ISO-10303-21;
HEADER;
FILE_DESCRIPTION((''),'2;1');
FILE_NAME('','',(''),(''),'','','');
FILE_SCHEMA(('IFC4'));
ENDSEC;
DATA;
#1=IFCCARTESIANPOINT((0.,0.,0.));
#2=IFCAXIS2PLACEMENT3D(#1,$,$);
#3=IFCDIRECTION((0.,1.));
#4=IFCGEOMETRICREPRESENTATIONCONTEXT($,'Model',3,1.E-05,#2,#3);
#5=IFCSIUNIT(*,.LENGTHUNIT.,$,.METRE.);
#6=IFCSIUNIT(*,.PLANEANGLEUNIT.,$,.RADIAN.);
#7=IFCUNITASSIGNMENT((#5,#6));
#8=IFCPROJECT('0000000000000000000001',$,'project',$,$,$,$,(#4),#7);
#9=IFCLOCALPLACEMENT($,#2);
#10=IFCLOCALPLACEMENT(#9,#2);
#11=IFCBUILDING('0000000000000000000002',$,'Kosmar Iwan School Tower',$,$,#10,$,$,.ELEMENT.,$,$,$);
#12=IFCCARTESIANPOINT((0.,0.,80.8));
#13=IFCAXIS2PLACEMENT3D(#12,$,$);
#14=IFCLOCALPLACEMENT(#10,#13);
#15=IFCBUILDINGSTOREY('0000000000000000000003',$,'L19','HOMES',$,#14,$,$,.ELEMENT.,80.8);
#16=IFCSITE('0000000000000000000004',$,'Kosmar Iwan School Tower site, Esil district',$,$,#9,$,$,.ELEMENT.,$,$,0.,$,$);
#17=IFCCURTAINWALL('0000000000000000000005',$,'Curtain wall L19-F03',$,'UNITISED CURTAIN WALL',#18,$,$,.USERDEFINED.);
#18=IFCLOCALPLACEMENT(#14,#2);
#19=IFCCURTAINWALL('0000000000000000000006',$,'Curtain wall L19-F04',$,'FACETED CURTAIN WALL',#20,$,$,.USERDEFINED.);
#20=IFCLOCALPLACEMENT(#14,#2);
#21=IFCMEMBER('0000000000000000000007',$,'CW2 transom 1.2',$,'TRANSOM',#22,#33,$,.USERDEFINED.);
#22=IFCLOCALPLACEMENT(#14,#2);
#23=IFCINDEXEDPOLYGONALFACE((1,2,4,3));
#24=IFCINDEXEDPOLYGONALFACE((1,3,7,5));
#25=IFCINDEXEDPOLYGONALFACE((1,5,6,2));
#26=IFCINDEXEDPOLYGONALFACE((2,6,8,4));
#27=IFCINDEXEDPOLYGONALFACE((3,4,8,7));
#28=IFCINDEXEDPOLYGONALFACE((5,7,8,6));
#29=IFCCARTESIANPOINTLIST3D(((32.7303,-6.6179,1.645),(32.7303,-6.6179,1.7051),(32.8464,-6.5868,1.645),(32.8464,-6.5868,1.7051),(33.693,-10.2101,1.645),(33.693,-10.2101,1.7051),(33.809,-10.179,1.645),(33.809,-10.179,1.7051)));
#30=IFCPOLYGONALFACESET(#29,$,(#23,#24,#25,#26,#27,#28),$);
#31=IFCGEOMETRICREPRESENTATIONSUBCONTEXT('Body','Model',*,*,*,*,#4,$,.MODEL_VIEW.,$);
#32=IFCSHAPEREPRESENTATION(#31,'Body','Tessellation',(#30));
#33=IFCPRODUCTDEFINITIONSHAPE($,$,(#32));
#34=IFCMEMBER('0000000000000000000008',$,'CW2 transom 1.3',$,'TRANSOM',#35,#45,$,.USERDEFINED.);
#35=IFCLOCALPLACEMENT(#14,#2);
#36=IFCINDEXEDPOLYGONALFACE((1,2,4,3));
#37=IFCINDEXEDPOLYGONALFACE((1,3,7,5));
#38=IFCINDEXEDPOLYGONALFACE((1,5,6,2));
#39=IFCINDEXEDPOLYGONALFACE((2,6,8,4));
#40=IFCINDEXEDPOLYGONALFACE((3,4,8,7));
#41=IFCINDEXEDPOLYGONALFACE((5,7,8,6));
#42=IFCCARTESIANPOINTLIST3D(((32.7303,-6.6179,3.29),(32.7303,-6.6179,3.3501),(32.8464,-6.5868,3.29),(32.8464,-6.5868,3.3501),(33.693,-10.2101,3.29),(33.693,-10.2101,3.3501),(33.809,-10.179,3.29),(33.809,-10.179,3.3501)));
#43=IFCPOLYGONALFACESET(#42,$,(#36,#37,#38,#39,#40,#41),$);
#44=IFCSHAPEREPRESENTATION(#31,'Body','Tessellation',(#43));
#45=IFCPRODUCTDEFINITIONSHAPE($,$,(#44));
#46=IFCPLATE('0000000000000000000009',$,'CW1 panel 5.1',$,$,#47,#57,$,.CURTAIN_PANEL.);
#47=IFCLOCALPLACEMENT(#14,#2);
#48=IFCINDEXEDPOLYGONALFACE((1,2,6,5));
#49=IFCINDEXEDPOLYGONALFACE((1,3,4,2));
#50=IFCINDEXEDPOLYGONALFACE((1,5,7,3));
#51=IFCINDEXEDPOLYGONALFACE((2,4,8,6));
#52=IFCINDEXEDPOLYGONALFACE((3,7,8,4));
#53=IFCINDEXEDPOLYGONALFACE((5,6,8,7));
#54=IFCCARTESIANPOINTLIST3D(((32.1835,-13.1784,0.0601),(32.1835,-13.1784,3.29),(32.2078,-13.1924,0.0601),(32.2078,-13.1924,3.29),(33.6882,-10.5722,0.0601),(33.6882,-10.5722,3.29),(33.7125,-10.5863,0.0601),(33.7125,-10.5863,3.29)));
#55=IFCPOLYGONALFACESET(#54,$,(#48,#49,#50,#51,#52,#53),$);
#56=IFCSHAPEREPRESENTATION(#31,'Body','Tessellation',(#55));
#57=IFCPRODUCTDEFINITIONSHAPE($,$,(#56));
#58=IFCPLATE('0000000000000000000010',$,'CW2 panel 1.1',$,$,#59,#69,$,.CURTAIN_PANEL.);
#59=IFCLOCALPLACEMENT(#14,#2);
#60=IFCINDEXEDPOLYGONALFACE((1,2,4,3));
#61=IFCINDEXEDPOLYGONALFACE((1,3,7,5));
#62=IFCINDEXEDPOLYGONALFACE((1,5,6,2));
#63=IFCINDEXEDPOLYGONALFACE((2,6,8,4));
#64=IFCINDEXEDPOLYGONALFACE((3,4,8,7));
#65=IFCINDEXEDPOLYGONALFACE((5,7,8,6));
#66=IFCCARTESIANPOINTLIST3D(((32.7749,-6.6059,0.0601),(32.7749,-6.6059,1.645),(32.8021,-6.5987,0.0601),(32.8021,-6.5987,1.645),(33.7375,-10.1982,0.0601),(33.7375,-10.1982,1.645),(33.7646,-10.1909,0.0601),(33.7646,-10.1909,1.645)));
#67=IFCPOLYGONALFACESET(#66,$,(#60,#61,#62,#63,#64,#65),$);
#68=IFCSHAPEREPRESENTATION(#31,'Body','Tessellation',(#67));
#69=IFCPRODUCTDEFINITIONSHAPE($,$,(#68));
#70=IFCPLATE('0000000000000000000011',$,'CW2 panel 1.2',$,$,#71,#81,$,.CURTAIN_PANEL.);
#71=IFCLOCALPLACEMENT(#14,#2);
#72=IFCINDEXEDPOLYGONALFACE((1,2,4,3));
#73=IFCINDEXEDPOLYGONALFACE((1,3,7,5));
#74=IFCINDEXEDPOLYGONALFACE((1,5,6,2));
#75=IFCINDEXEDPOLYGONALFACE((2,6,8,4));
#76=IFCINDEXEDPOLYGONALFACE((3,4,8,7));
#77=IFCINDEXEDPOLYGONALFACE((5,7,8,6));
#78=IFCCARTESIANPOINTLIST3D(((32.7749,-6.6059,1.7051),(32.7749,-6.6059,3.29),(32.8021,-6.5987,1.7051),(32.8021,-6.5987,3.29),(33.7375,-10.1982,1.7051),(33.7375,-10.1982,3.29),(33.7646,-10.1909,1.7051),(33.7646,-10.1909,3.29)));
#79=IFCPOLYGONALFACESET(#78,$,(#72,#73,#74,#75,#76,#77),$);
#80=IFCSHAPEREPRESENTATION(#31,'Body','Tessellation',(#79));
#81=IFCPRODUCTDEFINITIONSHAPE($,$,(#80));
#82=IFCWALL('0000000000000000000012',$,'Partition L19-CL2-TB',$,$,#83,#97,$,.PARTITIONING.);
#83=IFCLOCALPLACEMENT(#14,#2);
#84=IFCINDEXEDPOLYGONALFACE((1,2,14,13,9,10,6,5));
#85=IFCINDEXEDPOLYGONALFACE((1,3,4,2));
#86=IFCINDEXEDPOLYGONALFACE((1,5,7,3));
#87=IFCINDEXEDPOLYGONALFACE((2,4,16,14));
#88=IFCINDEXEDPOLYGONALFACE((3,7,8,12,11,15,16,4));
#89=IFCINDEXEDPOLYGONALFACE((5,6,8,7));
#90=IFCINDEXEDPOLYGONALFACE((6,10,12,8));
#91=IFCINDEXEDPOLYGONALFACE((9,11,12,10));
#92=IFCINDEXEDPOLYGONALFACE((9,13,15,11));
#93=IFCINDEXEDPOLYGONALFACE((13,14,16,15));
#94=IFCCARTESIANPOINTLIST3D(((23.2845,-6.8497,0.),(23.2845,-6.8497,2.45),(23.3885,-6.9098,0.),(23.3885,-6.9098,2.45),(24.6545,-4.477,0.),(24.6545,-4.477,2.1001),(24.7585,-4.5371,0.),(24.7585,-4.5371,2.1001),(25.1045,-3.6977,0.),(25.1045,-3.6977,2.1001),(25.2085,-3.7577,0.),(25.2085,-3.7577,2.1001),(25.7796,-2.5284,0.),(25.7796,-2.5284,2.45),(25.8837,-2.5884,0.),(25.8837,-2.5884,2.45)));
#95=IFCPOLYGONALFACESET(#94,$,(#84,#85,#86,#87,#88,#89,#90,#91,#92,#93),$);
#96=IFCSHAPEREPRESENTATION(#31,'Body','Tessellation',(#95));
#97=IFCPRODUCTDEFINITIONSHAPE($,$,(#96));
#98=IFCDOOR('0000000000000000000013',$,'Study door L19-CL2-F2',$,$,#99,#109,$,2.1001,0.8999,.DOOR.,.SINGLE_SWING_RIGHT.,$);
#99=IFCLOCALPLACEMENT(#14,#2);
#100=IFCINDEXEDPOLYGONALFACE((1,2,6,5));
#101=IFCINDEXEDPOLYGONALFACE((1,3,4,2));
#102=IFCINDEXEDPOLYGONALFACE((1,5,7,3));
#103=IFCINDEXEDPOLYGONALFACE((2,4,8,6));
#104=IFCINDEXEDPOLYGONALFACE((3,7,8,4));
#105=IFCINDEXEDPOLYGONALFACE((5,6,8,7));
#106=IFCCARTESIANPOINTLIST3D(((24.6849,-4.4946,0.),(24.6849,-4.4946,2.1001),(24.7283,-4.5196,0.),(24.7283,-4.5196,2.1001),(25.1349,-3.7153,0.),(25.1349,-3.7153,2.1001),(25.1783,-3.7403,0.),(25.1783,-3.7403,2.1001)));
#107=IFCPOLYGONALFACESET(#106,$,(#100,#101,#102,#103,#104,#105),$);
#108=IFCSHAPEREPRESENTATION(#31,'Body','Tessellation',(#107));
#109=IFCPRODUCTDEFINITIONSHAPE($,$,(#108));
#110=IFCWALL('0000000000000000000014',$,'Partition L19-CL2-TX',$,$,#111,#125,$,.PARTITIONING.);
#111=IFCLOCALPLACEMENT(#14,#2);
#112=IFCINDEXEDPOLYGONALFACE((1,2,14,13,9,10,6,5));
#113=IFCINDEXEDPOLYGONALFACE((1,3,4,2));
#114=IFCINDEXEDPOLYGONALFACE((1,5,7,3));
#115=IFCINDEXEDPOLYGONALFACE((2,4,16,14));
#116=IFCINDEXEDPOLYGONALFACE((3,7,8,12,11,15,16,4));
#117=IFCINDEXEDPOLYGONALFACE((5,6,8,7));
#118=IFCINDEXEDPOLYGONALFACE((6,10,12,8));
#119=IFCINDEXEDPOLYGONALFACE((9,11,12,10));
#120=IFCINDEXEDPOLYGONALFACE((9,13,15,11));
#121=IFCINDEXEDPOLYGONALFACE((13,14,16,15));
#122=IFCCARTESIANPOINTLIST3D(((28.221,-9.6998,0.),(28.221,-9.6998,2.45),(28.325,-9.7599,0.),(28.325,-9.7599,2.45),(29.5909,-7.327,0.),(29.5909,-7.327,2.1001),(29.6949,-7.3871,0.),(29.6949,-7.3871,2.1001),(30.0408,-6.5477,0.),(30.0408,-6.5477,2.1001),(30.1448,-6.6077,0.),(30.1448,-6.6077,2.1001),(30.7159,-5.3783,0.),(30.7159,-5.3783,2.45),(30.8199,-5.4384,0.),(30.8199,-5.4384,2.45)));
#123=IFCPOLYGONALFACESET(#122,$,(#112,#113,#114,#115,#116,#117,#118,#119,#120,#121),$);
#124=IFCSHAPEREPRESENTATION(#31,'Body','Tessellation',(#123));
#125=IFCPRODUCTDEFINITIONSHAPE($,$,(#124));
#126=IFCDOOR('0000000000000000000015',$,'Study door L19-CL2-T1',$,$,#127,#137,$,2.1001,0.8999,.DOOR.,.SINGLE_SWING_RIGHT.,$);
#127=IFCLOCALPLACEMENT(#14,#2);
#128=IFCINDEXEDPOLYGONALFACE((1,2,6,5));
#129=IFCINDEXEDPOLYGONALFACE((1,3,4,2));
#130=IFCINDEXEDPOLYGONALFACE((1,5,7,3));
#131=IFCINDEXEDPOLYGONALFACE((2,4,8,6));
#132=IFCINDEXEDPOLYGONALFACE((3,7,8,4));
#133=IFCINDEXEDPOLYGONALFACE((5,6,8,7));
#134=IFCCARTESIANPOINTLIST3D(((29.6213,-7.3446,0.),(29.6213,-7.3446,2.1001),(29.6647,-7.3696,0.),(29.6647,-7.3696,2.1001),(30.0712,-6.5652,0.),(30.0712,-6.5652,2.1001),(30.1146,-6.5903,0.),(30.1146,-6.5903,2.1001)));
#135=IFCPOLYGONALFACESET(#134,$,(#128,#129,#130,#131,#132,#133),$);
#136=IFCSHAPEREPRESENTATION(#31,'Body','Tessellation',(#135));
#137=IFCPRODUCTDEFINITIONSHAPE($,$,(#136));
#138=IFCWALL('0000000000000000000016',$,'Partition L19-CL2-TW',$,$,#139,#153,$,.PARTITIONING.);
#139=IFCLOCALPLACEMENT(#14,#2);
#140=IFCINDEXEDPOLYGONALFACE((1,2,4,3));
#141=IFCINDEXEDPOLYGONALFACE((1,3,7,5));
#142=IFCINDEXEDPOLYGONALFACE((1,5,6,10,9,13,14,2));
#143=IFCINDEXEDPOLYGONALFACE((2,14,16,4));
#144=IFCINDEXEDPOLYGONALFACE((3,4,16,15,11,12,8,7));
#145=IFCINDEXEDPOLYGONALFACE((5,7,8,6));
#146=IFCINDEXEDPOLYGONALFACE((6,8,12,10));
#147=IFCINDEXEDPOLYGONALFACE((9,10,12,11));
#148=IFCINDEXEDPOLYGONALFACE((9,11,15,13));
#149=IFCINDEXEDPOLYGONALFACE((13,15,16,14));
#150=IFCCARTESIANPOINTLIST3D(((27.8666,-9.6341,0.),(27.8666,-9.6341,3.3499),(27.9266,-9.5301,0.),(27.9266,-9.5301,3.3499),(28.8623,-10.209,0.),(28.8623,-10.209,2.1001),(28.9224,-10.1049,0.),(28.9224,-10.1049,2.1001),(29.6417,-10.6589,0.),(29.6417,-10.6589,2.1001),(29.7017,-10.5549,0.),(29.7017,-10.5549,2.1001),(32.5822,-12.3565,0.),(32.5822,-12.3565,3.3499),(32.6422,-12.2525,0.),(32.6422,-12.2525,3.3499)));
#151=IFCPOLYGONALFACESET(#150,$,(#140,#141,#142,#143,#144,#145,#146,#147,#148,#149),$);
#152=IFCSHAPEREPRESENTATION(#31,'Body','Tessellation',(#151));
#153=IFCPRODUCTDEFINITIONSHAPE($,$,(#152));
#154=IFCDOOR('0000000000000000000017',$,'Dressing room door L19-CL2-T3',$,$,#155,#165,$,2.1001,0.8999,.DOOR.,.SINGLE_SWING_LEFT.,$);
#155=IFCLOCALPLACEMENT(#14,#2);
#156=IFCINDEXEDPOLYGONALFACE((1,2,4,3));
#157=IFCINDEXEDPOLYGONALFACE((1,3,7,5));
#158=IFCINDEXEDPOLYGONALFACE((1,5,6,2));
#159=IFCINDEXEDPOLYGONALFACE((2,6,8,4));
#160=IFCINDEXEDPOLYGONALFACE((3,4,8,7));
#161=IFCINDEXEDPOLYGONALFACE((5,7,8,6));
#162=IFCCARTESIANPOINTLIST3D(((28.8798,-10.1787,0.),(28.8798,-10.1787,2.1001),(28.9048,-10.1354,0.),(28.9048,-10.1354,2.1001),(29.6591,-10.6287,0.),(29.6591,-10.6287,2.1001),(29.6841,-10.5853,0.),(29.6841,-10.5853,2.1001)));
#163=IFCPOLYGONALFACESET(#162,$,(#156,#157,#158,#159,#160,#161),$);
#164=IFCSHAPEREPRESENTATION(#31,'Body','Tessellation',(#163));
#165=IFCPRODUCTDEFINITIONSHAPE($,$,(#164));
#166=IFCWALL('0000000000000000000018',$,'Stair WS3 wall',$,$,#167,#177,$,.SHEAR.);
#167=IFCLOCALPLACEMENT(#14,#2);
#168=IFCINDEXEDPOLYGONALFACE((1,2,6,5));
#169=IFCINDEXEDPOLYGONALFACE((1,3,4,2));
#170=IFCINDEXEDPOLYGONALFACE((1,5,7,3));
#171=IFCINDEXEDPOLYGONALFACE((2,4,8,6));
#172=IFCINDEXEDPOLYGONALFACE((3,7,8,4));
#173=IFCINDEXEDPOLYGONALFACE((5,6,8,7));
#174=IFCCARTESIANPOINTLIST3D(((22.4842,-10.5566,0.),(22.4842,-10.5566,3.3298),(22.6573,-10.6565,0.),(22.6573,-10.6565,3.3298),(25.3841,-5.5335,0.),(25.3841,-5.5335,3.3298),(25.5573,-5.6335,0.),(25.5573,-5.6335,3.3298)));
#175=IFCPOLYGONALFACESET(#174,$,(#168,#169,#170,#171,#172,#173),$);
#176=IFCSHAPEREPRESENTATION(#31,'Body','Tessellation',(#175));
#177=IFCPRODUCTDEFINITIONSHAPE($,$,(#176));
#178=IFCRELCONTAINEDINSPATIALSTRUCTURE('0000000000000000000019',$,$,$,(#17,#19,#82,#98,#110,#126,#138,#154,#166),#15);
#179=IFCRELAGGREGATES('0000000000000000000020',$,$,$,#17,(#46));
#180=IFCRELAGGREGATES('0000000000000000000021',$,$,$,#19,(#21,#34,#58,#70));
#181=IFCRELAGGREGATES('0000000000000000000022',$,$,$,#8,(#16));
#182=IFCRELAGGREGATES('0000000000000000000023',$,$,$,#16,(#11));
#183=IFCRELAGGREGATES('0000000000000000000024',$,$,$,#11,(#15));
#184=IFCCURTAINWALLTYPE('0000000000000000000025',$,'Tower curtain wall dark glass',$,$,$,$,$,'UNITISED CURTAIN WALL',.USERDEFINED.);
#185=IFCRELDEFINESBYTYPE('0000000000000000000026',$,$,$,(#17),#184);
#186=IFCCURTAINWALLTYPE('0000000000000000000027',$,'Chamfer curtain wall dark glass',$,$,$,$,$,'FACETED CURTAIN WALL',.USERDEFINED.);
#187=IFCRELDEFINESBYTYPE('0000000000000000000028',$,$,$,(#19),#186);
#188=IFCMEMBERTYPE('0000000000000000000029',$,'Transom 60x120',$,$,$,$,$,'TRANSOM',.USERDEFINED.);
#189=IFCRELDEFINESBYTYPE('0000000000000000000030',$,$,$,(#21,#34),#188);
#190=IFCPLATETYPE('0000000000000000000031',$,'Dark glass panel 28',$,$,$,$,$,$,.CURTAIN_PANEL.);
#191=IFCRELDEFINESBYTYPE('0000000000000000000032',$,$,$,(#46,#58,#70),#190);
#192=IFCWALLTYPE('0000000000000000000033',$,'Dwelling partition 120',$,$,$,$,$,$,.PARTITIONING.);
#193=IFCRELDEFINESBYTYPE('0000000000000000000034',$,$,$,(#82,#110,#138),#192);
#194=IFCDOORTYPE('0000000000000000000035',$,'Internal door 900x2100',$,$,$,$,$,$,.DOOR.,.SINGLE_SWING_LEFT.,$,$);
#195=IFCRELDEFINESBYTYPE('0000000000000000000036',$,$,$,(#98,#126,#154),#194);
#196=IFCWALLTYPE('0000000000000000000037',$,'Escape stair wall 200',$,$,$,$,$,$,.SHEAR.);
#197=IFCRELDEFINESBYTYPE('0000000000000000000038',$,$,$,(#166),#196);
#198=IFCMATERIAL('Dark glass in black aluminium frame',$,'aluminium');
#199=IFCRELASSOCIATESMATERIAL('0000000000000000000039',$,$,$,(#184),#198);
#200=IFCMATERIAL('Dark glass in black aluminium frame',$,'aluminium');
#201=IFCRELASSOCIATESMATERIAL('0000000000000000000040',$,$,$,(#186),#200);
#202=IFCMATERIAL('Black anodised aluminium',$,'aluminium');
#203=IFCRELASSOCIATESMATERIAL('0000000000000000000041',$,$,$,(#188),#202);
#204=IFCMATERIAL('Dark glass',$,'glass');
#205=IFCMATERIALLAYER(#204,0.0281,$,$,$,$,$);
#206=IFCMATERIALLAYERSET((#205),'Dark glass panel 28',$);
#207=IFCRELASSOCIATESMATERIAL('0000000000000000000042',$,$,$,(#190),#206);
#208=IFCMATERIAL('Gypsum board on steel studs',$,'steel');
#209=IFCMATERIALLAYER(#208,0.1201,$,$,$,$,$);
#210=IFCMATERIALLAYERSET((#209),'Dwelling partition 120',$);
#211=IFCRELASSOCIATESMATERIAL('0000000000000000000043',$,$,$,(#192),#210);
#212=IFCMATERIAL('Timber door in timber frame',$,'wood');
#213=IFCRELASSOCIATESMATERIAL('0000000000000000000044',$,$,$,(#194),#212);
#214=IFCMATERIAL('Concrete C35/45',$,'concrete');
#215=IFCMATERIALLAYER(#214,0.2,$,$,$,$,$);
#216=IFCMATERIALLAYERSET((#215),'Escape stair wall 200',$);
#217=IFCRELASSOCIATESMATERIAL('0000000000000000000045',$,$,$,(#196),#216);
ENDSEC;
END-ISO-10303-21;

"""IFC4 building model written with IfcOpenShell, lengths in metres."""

from ifc_helpers import new_model, si_unit, direction, frame, frame_2d, origin, origin_2d, place, context, subcontext, project, spatial, rectangle, extrude, material, layer, layer_set, material_profile, profile_set, type_object, element, fill, aggregate, save


model = new_model("IFC4")

# Units and contexts
model_context = context("Model", 3, precision=1e-05, world=origin(), true_north=direction((0.0, 1.0)))
body_context = subcontext(model_context, "Body", "Model", "MODEL_VIEW")
ifc_project = project(units=[si_unit("LENGTHUNIT", "METRE"), si_unit("PLANEANGLEUNIT", "RADIAN")], contexts=[model_context])

# Site, building, storey
site_placement = place(None, origin())
site = spatial("IfcSite", under=ifc_project, at=site_placement, Name="Kosmar Iwan School Tower site, Esil district", CompositionType="ELEMENT", RefElevation=0.0)
building_placement = place(site_placement, origin())
building = spatial("IfcBuilding", under=site, at=building_placement, Name="Kosmar Iwan School Tower", CompositionType="ELEMENT")
storey_placement = place(building_placement, frame((0.0, 0.0, 80.8)))
storey = spatial("IfcBuildingStorey", under=building, at=storey_placement, Name="L19", Description="HOMES", CompositionType="ELEMENT", Elevation=80.8)

# Curtain wall
ifc_material_1 = material(Name="Dark glass in black aluminium frame", Category="aluminium")
curtain_wall_type_1 = type_object("IfcCurtainWallType", Name="Tower curtain wall dark glass", ElementType="UNITISED CURTAIN WALL", PredefinedType="USERDEFINED", material=ifc_material_1)
curtain_wall_1_placement = place(storey_placement, origin())
curtain_wall_1 = element("IfcCurtainWall", 1, at=curtain_wall_1_placement, inside=storey, type_object=curtain_wall_type_1, Name="Curtain wall L19-F03", ObjectType="UNITISED CURTAIN WALL", PredefinedType="USERDEFINED")

# Curtain wall
ifc_material_2 = material(Name="Dark glass in black aluminium frame", Category="aluminium")
curtain_wall_type_2 = type_object("IfcCurtainWallType", Name="Chamfer curtain wall dark glass", ElementType="FACETED CURTAIN WALL", PredefinedType="USERDEFINED", material=ifc_material_2)
curtain_wall_2_placement = place(storey_placement, origin())
curtain_wall_2 = element("IfcCurtainWall", 2, at=curtain_wall_2_placement, inside=storey, type_object=curtain_wall_type_2, Name="Curtain wall L19-F04", ObjectType="FACETED CURTAIN WALL", PredefinedType="USERDEFINED")

# Members
ifc_material_3 = material(Name="Black anodised aluminium", Category="aluminium")
ifc_material_profile_1 = material_profile(ifc_material_3, rectangle(XDim=0.1201, YDim=0.0601, at=origin_2d()), Name="TRANSOM 60x120")
ifc_profile_set_1 = profile_set([ifc_material_profile_1], Name="Black anodised aluminium")
member_type_1 = type_object("IfcMemberType", Name="Transom 60x120", ElementType="TRANSOM", PredefinedType="USERDEFINED", material=ifc_profile_set_1)
member_1_placement = place(storey_placement, frame((33.751, -10.1946, 1.675), z_axis=(-0.258843, 0.965919, 0.0), x_axis=(-0.965919, -0.258843, 0.0)))
member_1 = element("IfcMember", 3, at=member_1_placement, type_object=member_type_1, Name="CW2 transom 1.2", ObjectType="TRANSOM", PredefinedType="USERDEFINED", context=body_context, shape_type="SweptSolid", body=[
    extrude(rectangle(XDim=0.1201, YDim=0.0601, at=origin_2d()), origin(), (0.0, 0.0, 1.0), 3.719),
])
member_2_placement = place(storey_placement, frame((33.751, -10.1946, 3.3201), z_axis=(-0.258843, 0.965919, 0.0), x_axis=(-0.965919, -0.258843, 0.0)))
member_2 = element("IfcMember", 4, at=member_2_placement, type_object=member_type_1, Name="CW2 transom 1.3", ObjectType="TRANSOM", PredefinedType="USERDEFINED", context=body_context, shape_type="SweptSolid", body=[
    extrude(rectangle(XDim=0.1201, YDim=0.0601, at=origin_2d()), origin(), (0.0, 0.0, 1.0), 3.719),
])

# Plates
ifc_material_4 = material(Name="Dark glass", Category="glass")
ifc_layer_1 = layer(ifc_material_4, 0.0281)
ifc_layer_set_1 = layer_set([ifc_layer_1], Name="Dark glass panel 28")
plate_type = type_object("IfcPlateType", Name="Dark glass panel 28", PredefinedType="CURTAIN_PANEL", material=ifc_layer_set_1)
plate_1_placement = place(storey_placement, frame((32.948, -11.8823, 0.0601), z_axis=(0.0, 0.0, 1.0), x_axis=(0.5, 0.866025, 0.0)))
plate_1 = element("IfcPlate", 5, at=plate_1_placement, type_object=plate_type, Name="CW1 panel 5.1", PredefinedType="CURTAIN_PANEL", context=body_context, shape_type="SweptSolid", body=[
    extrude(rectangle(XDim=3.0093, YDim=0.0281, at=origin_2d()), origin(), (0.0, 0.0, 1.0), 3.23),
])
aggregate(curtain_wall_1, [plate_1])
plate_2_placement = place(storey_placement, frame((33.2698, -8.3984, 0.0601), z_axis=(0.0, 0.0, 1.0), x_axis=(-0.258819, 0.965926, 0.0)))
plate_2 = element("IfcPlate", 6, at=plate_2_placement, type_object=plate_type, Name="CW2 panel 1.1", PredefinedType="CURTAIN_PANEL", context=body_context, shape_type="SweptSolid", body=[
    extrude(rectangle(XDim=3.719, YDim=0.0281, at=origin_2d()), origin(), (0.0, 0.0, 1.0), 1.585),
])
plate_3_placement = place(storey_placement, frame((33.2698, -8.3984, 1.7051), z_axis=(0.0, 0.0, 1.0), x_axis=(-0.258819, 0.965926, 0.0)))
plate_3 = element("IfcPlate", 7, at=plate_3_placement, type_object=plate_type, Name="CW2 panel 1.2", PredefinedType="CURTAIN_PANEL", context=body_context, shape_type="SweptSolid", body=[
    extrude(rectangle(XDim=3.719, YDim=0.0281, at=origin_2d()), origin(), (0.0, 0.0, 1.0), 1.585),
])
aggregate(curtain_wall_2, [member_1, member_2, plate_2, plate_3])

# Walls, openings, doors
ifc_material_5 = material(Name="Gypsum board on steel studs", Category="steel")
ifc_layer_2 = layer(ifc_material_5, 0.1201)
ifc_layer_set_2 = layer_set([ifc_layer_2], Name="Dwelling partition 120")
wall_type_1 = type_object("IfcWallType", Name="Dwelling partition 120", PredefinedType="PARTITIONING", material=ifc_layer_set_2)
wall_1_placement = place(storey_placement, frame((23.3364, -6.8799, 0.0), z_axis=(0.0, 0.0, 1.0), x_axis=(0.500033, 0.866006, 0.0)))
wall_1 = element("IfcWall", 8, at=wall_1_placement, inside=storey, type_object=wall_type_1, Name="Partition L19-CL2-TB", PredefinedType="PARTITIONING", context=body_context, shape_type="SweptSolid", body=[
    extrude(rectangle(XDim=4.99, YDim=0.1201, at=frame_2d((2.4951, 0.0))), origin(), (0.0, 0.0, 1.0), 2.45),
])
opening_1_placement = place(wall_1_placement, frame((2.74, 0.0, 0.0)))
opening_1 = element("IfcOpeningElement", 9, at=opening_1_placement, cuts=wall_1, PredefinedType="OPENING", context=body_context, shape_type="SweptSolid", body=[
    extrude(rectangle(XDim=0.8999, YDim=2.1001, at=frame_2d((0.45, 1.05))), frame((0.0, 0.072, 0.0), z_axis=(0.0, -1.0, 0.0), x_axis=(1.0, 0.0, 0.0)), (0.0, 0.0, 1.0), 0.144),
])
ifc_material_6 = material(Name="Timber door in timber frame", Category="wood")
door_type = type_object("IfcDoorType", Name="Internal door 900x2100", OperationType="SINGLE_SWING_LEFT", PredefinedType="DOOR", material=ifc_material_6)
door_1_placement = place(opening_1_placement, origin())
door_1 = element("IfcDoor", 10, at=door_1_placement, inside=storey, type_object=door_type, Name="Study door L19-CL2-F2", OperationType="SINGLE_SWING_RIGHT", OverallHeight=2.1001, OverallWidth=0.8999, PredefinedType="DOOR", context=body_context, shape_type="SweptSolid", body=[
    extrude(rectangle(XDim=0.8999, YDim=2.1001, at=frame_2d((0.45, 1.05))), frame((0.0, 0.0249, 0.0), z_axis=(0.0, -1.0, 0.0), x_axis=(1.0, 0.0, 0.0)), (0.0, 0.0, 1.0), 0.05),
])
fill(opening_1, door_1)
wall_2_placement = place(storey_placement, frame((28.2729, -9.73, 0.0), z_axis=(0.0, 0.0, 1.0), x_axis=(0.499975, 0.86604, 0.0)))
wall_2 = element("IfcWall", 11, at=wall_2_placement, inside=storey, type_object=wall_type_1, Name="Partition L19-CL2-TX", PredefinedType="PARTITIONING", context=body_context, shape_type="SweptSolid", body=[
    extrude(rectangle(XDim=4.99, YDim=0.1201, at=frame_2d((2.4951, 0.0))), origin(), (0.0, 0.0, 1.0), 2.45),
])
opening_2_placement = place(wall_2_placement, frame((2.74, 0.0, 0.0)))
opening_2 = element("IfcOpeningElement", 12, at=opening_2_placement, cuts=wall_2, PredefinedType="OPENING", context=body_context, shape_type="SweptSolid", body=[
    extrude(rectangle(XDim=0.8999, YDim=2.1001, at=frame_2d((0.45, 1.05))), frame((0.0, 0.072, 0.0), z_axis=(0.0, -1.0, 0.0), x_axis=(1.0, 0.0, 0.0)), (0.0, 0.0, 1.0), 0.144),
])
door_2_placement = place(opening_2_placement, origin())
door_2 = element("IfcDoor", 13, at=door_2_placement, inside=storey, type_object=door_type, Name="Study door L19-CL2-T1", OperationType="SINGLE_SWING_RIGHT", OverallHeight=2.1001, OverallWidth=0.8999, PredefinedType="DOOR", context=body_context, shape_type="SweptSolid", body=[
    extrude(rectangle(XDim=0.8999, YDim=2.1001, at=frame_2d((0.45, 1.05))), frame((0.0, 0.0249, 0.0), z_axis=(0.0, -1.0, 0.0), x_axis=(1.0, 0.0, 0.0)), (0.0, 0.0, 1.0), 0.05),
])
fill(opening_2, door_2)
wall_3_placement = place(storey_placement, frame((27.8965, -9.582, 0.0), z_axis=(0.0, 0.0, 1.0), x_axis=(0.866036, -0.499982, 0.0)))
wall_3 = element("IfcWall", 14, at=wall_3_placement, inside=storey, type_object=wall_type_1, Name="Partition L19-CL2-TW", PredefinedType="PARTITIONING", context=body_context, shape_type="SweptSolid", body=[
    extrude(rectangle(XDim=5.4451, YDim=0.1201, at=frame_2d((2.7227, 0.0))), origin(), (0.0, 0.0, 1.0), 3.3499),
])
opening_3_placement = place(wall_3_placement, frame((1.1499, 0.0, 0.0)))
opening_3 = element("IfcOpeningElement", 15, at=opening_3_placement, cuts=wall_3, PredefinedType="OPENING", context=body_context, shape_type="SweptSolid", body=[
    extrude(rectangle(XDim=0.8999, YDim=2.1001, at=frame_2d((0.45, 1.05))), frame((0.0, 0.072, 0.0), z_axis=(0.0, -1.0, 0.0), x_axis=(1.0, 0.0, 0.0)), (0.0, 0.0, 1.0), 0.144),
])
door_3_placement = place(opening_3_placement, origin())
door_3 = element("IfcDoor", 16, at=door_3_placement, inside=storey, type_object=door_type, Name="Dressing room door L19-CL2-T3", OperationType="SINGLE_SWING_LEFT", OverallHeight=2.1001, OverallWidth=0.8999, PredefinedType="DOOR", context=body_context, shape_type="SweptSolid", body=[
    extrude(rectangle(XDim=0.8999, YDim=2.1001, at=frame_2d((0.45, 1.05))), frame((0.0, 0.0249, 0.0), z_axis=(0.0, -1.0, 0.0), x_axis=(1.0, 0.0, 0.0)), (0.0, 0.0, 1.0), 0.05),
])
fill(opening_3, door_3)

# Wall
ifc_material_7 = material(Name="Concrete C35/45", Category="concrete")
ifc_layer_3 = layer(ifc_material_7, 0.2)
ifc_layer_set_3 = layer_set([ifc_layer_3], Name="Escape stair wall 200")
wall_type_2 = type_object("IfcWallType", Name="Escape stair wall 200", PredefinedType="SHEAR", material=ifc_layer_set_3)
for number, where, z_axis, x_axis, name in (
    (17, (22.5708, -10.6064, 0.0), (0.0, 0.0, 1.0), (0.499987, 0.866033, 0.0), "Stair WS3 wall"),
):
    element("IfcWall", number, at=place(storey_placement, frame(where, z_axis=z_axis, x_axis=x_axis)), inside=storey, type_object=wall_type_2, Name=name, PredefinedType="SHEAR", context=body_context, shape_type="SweptSolid", body=[
        extrude(rectangle(XDim=5.8, YDim=0.2, at=frame_2d((2.8999, 0.0))), origin(), (0.0, 0.0, 1.0), 3.3298),
    ])

save(model, "model.ifc")
